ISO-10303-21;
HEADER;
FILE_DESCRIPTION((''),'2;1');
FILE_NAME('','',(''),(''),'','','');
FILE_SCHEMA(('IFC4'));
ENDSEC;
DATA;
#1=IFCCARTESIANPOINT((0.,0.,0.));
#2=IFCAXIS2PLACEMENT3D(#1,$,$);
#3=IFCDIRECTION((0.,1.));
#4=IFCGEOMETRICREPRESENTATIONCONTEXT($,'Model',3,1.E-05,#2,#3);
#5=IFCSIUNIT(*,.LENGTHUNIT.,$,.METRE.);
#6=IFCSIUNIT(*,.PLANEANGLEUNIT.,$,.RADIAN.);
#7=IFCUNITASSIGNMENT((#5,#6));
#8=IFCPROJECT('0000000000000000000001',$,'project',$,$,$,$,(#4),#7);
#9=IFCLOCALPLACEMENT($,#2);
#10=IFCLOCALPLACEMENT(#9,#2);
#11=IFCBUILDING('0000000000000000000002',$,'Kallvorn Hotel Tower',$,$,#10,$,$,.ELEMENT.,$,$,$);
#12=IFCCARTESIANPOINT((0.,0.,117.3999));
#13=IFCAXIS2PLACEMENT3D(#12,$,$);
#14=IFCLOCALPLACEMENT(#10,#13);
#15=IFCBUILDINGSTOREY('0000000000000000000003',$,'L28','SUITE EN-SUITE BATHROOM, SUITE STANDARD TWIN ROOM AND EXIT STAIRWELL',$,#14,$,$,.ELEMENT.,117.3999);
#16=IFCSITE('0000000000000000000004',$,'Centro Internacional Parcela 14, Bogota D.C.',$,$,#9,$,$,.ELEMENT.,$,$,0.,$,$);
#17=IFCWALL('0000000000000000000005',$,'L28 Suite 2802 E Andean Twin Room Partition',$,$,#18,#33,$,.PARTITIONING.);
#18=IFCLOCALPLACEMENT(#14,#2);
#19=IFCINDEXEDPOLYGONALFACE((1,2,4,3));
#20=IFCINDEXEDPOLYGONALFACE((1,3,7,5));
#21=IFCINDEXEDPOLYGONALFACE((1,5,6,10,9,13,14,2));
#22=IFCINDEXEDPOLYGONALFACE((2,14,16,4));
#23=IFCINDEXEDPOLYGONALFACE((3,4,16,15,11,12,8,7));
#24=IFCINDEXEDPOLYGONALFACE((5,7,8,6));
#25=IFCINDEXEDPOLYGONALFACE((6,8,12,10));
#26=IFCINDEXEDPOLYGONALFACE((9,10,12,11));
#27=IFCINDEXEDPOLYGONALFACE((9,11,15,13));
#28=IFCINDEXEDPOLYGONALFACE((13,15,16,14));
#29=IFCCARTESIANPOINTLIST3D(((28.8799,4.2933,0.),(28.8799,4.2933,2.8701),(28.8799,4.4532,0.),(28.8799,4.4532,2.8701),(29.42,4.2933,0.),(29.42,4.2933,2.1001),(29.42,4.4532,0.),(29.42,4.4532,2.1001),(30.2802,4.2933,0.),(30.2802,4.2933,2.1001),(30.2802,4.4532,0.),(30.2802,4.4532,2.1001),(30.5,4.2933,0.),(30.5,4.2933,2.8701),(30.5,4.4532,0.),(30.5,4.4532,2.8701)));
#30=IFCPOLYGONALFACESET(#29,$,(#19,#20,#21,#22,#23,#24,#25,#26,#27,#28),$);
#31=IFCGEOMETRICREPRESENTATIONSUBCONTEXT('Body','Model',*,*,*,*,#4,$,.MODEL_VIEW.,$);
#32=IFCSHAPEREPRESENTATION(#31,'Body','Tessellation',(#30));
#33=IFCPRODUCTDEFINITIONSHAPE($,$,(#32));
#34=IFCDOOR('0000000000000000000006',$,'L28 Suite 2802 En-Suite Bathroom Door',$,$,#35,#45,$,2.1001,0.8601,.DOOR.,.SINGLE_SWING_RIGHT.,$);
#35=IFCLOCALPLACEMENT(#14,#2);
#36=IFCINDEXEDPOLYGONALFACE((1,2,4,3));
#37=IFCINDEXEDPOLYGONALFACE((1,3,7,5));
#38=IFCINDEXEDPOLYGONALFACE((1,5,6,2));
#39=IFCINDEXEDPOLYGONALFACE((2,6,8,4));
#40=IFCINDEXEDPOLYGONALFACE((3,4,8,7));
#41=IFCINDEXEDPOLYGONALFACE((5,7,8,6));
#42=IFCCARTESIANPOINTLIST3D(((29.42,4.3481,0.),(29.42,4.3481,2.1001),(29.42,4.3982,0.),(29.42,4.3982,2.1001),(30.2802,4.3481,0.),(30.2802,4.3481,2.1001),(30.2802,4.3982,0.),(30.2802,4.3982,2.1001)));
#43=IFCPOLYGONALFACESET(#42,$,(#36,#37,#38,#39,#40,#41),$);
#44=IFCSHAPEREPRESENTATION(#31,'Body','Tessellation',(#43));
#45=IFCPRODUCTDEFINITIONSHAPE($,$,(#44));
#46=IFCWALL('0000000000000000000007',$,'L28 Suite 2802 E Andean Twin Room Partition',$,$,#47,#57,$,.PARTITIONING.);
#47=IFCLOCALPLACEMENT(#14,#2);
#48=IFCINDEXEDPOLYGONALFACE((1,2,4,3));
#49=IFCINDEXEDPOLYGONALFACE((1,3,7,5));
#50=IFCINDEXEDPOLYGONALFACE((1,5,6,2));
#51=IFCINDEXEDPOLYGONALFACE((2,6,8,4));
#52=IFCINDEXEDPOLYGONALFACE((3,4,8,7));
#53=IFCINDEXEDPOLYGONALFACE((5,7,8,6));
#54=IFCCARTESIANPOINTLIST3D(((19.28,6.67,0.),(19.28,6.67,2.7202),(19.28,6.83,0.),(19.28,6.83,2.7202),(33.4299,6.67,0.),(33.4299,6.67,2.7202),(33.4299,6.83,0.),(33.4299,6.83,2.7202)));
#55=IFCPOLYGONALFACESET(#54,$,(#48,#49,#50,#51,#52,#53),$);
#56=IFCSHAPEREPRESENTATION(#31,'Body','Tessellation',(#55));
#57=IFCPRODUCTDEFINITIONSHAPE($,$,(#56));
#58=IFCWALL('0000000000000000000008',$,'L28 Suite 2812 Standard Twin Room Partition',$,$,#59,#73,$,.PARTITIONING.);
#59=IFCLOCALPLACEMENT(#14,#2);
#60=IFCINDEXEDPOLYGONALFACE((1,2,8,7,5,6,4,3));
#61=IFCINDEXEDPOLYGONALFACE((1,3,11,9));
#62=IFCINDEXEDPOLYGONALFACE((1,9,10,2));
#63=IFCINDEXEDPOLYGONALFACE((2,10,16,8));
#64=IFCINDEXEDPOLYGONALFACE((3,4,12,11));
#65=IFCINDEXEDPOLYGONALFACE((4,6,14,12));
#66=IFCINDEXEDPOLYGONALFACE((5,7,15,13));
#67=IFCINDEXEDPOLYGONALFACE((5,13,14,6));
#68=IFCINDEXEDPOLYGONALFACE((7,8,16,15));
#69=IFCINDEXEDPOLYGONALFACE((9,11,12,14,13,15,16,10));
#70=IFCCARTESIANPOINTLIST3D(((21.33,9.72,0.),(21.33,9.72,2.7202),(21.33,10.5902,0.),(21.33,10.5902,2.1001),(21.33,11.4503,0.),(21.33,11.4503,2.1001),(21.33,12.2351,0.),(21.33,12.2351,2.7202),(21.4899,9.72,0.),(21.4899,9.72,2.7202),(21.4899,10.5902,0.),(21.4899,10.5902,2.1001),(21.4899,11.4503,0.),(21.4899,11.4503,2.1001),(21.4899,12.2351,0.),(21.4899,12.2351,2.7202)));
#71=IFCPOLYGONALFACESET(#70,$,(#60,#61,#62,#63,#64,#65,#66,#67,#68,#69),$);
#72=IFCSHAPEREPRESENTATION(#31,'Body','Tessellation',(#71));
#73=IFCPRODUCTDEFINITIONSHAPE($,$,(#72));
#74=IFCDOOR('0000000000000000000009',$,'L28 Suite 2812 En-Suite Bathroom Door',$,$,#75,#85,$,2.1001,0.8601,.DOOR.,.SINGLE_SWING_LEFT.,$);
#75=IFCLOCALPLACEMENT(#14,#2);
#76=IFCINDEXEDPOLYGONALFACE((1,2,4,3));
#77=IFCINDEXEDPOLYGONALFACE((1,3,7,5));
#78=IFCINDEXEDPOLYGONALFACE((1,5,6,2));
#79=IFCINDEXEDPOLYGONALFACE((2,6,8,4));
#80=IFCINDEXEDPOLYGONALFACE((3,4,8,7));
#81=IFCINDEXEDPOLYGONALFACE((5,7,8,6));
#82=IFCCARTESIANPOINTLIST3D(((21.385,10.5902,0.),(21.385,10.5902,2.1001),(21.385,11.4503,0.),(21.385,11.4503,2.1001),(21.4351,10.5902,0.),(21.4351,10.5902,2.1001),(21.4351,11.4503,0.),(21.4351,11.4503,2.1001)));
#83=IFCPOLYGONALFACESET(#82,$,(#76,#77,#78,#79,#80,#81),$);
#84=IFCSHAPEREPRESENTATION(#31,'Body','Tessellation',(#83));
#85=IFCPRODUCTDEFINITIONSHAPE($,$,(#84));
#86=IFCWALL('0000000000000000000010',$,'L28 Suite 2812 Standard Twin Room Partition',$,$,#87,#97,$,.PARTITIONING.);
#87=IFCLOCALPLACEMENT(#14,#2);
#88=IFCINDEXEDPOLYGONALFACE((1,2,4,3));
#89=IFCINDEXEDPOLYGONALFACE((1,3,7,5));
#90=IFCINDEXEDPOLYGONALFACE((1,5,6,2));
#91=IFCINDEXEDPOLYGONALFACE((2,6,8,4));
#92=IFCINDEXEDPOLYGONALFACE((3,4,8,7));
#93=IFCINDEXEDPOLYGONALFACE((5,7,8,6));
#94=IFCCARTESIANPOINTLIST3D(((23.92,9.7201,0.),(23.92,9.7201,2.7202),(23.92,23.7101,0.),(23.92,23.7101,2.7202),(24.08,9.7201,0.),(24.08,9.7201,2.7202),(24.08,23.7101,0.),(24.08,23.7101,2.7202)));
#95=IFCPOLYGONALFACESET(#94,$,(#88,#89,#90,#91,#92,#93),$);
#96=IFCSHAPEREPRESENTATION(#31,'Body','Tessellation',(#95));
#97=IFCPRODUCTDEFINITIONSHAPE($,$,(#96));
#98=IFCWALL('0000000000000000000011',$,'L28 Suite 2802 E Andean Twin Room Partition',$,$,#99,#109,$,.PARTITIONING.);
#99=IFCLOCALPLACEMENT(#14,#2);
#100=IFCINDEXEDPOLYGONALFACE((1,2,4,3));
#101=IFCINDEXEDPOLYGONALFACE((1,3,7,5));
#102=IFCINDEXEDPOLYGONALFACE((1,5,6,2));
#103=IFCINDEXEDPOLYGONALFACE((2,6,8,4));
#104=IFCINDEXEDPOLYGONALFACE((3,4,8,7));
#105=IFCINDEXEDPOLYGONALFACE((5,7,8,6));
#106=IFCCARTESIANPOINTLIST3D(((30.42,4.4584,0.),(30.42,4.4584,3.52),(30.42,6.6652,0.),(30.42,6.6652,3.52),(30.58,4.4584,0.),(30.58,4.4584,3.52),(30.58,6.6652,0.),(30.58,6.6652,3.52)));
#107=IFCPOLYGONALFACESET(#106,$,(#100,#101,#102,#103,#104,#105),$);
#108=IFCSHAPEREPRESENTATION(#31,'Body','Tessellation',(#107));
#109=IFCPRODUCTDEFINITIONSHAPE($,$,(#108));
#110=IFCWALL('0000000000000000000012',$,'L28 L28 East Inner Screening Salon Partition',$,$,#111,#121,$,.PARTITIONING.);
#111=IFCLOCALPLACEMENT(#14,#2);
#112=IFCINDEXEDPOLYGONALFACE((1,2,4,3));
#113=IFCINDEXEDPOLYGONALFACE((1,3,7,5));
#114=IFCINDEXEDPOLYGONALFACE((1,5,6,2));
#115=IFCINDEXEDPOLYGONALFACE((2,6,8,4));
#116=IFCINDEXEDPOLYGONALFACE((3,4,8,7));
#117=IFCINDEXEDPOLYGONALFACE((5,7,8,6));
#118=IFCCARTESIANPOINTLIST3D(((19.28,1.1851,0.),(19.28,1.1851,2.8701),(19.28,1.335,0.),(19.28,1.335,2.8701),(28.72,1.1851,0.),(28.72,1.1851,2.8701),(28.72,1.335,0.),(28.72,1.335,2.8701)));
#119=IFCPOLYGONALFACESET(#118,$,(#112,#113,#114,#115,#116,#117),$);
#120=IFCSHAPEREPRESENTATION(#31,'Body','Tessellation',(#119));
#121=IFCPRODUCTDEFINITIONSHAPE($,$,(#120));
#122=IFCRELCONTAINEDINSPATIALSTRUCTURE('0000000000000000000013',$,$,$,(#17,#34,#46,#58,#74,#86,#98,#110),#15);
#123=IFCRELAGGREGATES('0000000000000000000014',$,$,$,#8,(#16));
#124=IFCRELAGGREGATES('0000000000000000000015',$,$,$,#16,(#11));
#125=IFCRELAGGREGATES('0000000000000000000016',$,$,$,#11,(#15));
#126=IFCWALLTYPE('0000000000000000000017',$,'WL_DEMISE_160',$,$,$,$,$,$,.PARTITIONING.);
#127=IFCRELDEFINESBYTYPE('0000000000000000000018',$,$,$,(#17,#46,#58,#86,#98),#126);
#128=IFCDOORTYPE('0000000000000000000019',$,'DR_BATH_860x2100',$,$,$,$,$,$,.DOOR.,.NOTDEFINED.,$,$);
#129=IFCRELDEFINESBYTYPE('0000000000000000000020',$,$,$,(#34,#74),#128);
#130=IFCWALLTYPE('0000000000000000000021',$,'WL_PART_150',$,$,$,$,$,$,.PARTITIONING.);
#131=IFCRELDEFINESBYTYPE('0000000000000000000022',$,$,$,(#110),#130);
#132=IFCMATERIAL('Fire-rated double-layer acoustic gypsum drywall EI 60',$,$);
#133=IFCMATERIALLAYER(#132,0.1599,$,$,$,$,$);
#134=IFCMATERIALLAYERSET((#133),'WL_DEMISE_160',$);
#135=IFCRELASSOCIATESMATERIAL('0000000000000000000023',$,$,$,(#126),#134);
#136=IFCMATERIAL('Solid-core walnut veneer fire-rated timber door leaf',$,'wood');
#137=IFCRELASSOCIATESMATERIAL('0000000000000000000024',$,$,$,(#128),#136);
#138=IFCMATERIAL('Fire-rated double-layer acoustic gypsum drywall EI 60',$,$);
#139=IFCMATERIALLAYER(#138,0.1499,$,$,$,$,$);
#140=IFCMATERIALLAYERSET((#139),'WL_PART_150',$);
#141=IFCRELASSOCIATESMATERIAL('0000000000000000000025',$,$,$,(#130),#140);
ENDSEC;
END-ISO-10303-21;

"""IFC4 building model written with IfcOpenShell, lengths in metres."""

from ifc_helpers import new_model, si_unit, direction, frame, frame_2d, origin, place, context, subcontext, project, spatial, rectangle, extrude, material, layer, layer_set, type_object, element, fill, save


model = new_model("IFC4")

# Units and contexts
model_context = context("Model", 3, precision=1e-05, world=origin(), true_north=direction((0.0, 1.0)))
body_context = subcontext(model_context, "Body", "Model", "MODEL_VIEW")
ifc_project = project(units=[si_unit("LENGTHUNIT", "METRE"), si_unit("PLANEANGLEUNIT", "RADIAN")], contexts=[model_context])

# Site, building, storey
site_placement = place(None, origin())
site = spatial("IfcSite", under=ifc_project, at=site_placement, Name="Centro Internacional Parcela 14, Bogota D.C.", CompositionType="ELEMENT", RefElevation=0.0)
building_placement = place(site_placement, origin())
building = spatial("IfcBuilding", under=site, at=building_placement, Name="Kallvorn Hotel Tower", CompositionType="ELEMENT")
storey_placement = place(building_placement, frame((0.0, 0.0, 117.3999)))
storey = spatial("IfcBuildingStorey", under=building, at=storey_placement, Name="L28", Description="SUITE EN-SUITE BATHROOM, SUITE STANDARD TWIN ROOM AND EXIT STAIRWELL", CompositionType="ELEMENT", Elevation=117.3999)

# Wall, opening, door
ifc_material_1 = material(Name="Fire-rated double-layer acoustic gypsum drywall EI 60")
ifc_layer_1 = layer(ifc_material_1, 0.1599)
ifc_layer_set_1 = layer_set([ifc_layer_1], Name="WL_DEMISE_160")
wall_type_1 = type_object("IfcWallType", Name="WL_DEMISE_160", PredefinedType="PARTITIONING", material=ifc_layer_set_1)
wall_1_placement = place(storey_placement, frame((28.8799, 4.3733, 0.0), z_axis=(0.0, 0.0, 1.0), x_axis=(1.0, 0.0, 0.0)))
wall_1 = element("IfcWall", 1, at=wall_1_placement, inside=storey, type_object=wall_type_1, Name="L28 Suite 2802 E Andean Twin Room Partition", PredefinedType="PARTITIONING", context=body_context, shape_type="SweptSolid", body=[
    extrude(rectangle(XDim=1.6201, YDim=0.1599, at=frame_2d((0.8101, 0.0))), origin(), (0.0, 0.0, 1.0), 2.8701),
])
opening_1_placement = place(wall_1_placement, frame((0.54, 0.0, 0.0)))
opening_1 = element("IfcOpeningElement", 2, at=opening_1_placement, cuts=wall_1, PredefinedType="OPENING", context=body_context, shape_type="SweptSolid", body=[
    extrude(rectangle(XDim=0.8601, YDim=2.1001, at=frame_2d((0.4302, 1.05))), frame((0.0, 0.095, 0.0), z_axis=(0.0, -1.0, 0.0), x_axis=(1.0, 0.0, 0.0)), (0.0, 0.0, 1.0), 0.1899),
])
ifc_material_2 = material(Name="Solid-core walnut veneer fire-rated timber door leaf", Category="wood")
door_type = type_object("IfcDoorType", Name="DR_BATH_860x2100", OperationType="NOTDEFINED", PredefinedType="DOOR", material=ifc_material_2)
door_1_placement = place(opening_1_placement, origin())
door_1 = element("IfcDoor", 3, at=door_1_placement, inside=storey, type_object=door_type, Name="L28 Suite 2802 En-Suite Bathroom Door", OperationType="SINGLE_SWING_RIGHT", OverallHeight=2.1001, OverallWidth=0.8601, PredefinedType="DOOR", context=body_context, shape_type="SweptSolid", body=[
    extrude(rectangle(XDim=0.8601, YDim=2.1001, at=frame_2d((0.4302, 1.05))), frame((0.0, 0.0249, 0.0), z_axis=(0.0, -1.0, 0.0), x_axis=(1.0, 0.0, 0.0)), (0.0, 0.0, 1.0), 0.05),
])
fill(opening_1, door_1)

# Wall
wall_2_placement = place(storey_placement, frame((19.28, 6.75, 0.0), z_axis=(0.0, 0.0, 1.0), x_axis=(1.0, 0.0, 0.0)))
element("IfcWall", 4, at=wall_2_placement, inside=storey, type_object=wall_type_1, Name="L28 Suite 2802 E Andean Twin Room Partition", PredefinedType="PARTITIONING", context=body_context, shape_type="SweptSolid", body=[
    extrude(rectangle(XDim=14.1499, YDim=0.1599, at=frame_2d((7.075, 0.0))), origin(), (0.0, 0.0, 1.0), 2.7202),
])

# Wall, opening, door
wall_3_placement = place(storey_placement, frame((21.4099, 9.72, 0.0), z_axis=(0.0, 0.0, 1.0), x_axis=(0.0, 1.0, 0.0)))
wall_3 = element("IfcWall", 5, at=wall_3_placement, inside=storey, type_object=wall_type_1, Name="L28 Suite 2812 Standard Twin Room Partition", PredefinedType="PARTITIONING", context=body_context, shape_type="SweptSolid", body=[
    extrude(rectangle(XDim=2.5151, YDim=0.1599, at=frame_2d((1.2576, 0.0))), origin(), (0.0, 0.0, 1.0), 2.7202),
])
opening_2_placement = place(wall_3_placement, frame((0.8701, 0.0, 0.0)))
opening_2 = element("IfcOpeningElement", 6, at=opening_2_placement, cuts=wall_3, PredefinedType="OPENING", context=body_context, shape_type="SweptSolid", body=[
    extrude(rectangle(XDim=0.8601, YDim=2.1001, at=frame_2d((0.4302, 1.05))), frame((0.0, 0.095, 0.0), z_axis=(0.0, -1.0, 0.0), x_axis=(1.0, 0.0, 0.0)), (0.0, 0.0, 1.0), 0.1899),
])
door_2_placement = place(opening_2_placement, origin())
door_2 = element("IfcDoor", 7, at=door_2_placement, inside=storey, type_object=door_type, Name="L28 Suite 2812 En-Suite Bathroom Door", OperationType="SINGLE_SWING_LEFT", OverallHeight=2.1001, OverallWidth=0.8601, PredefinedType="DOOR", context=body_context, shape_type="SweptSolid", body=[
    extrude(rectangle(XDim=0.8601, YDim=2.1001, at=frame_2d((0.4302, 1.05))), frame((0.0, 0.0249, 0.0), z_axis=(0.0, -1.0, 0.0), x_axis=(1.0, 0.0, 0.0)), (0.0, 0.0, 1.0), 0.05),
])
fill(opening_2, door_2)

# Walls
wall_4_placement = place(storey_placement, frame((24.0, 9.72, 0.0), z_axis=(0.0, 0.0, 1.0), x_axis=(0.0, 1.0, 0.0)))
element("IfcWall", 8, at=wall_4_placement, inside=storey, type_object=wall_type_1, Name="L28 Suite 2812 Standard Twin Room Partition", PredefinedType="PARTITIONING", context=body_context, shape_type="SweptSolid", body=[
    extrude(rectangle(XDim=13.99, YDim=0.1599, at=frame_2d((6.9951, 0.0))), origin(), (0.0, 0.0, 1.0), 2.7202),
])
wall_5_placement = place(storey_placement, frame((30.5, 4.4583, 0.0), z_axis=(0.0, 0.0, 1.0), x_axis=(0.0, 1.0, 0.0)))
element("IfcWall", 9, at=wall_5_placement, inside=storey, type_object=wall_type_1, Name="L28 Suite 2802 E Andean Twin Room Partition", PredefinedType="PARTITIONING", context=body_context, shape_type="SweptSolid", body=[
    extrude(rectangle(XDim=2.2068, YDim=0.1599, at=frame_2d((1.1035, 0.0))), origin(), (0.0, 0.0, 1.0), 3.52),
])
ifc_material_3 = material(Name="Fire-rated double-layer acoustic gypsum drywall EI 60")
ifc_layer_2 = layer(ifc_material_3, 0.1499)
ifc_layer_set_2 = layer_set([ifc_layer_2], Name="WL_PART_150")
wall_type_2 = type_object("IfcWallType", Name="WL_PART_150", PredefinedType="PARTITIONING", material=ifc_layer_set_2)
wall_6_placement = place(storey_placement, frame((19.28, 1.26, 0.0), z_axis=(0.0, 0.0, 1.0), x_axis=(1.0, 0.0, 0.0)))
element("IfcWall", 10, at=wall_6_placement, inside=storey, type_object=wall_type_2, Name="L28 L28 East Inner Screening Salon Partition", PredefinedType="PARTITIONING", context=body_context, shape_type="SweptSolid", body=[
    extrude(rectangle(XDim=9.4399, YDim=0.1499, at=frame_2d((4.72, 0.0))), origin(), (0.0, 0.0, 1.0), 2.8701),
])

save(model, "model.ifc")
